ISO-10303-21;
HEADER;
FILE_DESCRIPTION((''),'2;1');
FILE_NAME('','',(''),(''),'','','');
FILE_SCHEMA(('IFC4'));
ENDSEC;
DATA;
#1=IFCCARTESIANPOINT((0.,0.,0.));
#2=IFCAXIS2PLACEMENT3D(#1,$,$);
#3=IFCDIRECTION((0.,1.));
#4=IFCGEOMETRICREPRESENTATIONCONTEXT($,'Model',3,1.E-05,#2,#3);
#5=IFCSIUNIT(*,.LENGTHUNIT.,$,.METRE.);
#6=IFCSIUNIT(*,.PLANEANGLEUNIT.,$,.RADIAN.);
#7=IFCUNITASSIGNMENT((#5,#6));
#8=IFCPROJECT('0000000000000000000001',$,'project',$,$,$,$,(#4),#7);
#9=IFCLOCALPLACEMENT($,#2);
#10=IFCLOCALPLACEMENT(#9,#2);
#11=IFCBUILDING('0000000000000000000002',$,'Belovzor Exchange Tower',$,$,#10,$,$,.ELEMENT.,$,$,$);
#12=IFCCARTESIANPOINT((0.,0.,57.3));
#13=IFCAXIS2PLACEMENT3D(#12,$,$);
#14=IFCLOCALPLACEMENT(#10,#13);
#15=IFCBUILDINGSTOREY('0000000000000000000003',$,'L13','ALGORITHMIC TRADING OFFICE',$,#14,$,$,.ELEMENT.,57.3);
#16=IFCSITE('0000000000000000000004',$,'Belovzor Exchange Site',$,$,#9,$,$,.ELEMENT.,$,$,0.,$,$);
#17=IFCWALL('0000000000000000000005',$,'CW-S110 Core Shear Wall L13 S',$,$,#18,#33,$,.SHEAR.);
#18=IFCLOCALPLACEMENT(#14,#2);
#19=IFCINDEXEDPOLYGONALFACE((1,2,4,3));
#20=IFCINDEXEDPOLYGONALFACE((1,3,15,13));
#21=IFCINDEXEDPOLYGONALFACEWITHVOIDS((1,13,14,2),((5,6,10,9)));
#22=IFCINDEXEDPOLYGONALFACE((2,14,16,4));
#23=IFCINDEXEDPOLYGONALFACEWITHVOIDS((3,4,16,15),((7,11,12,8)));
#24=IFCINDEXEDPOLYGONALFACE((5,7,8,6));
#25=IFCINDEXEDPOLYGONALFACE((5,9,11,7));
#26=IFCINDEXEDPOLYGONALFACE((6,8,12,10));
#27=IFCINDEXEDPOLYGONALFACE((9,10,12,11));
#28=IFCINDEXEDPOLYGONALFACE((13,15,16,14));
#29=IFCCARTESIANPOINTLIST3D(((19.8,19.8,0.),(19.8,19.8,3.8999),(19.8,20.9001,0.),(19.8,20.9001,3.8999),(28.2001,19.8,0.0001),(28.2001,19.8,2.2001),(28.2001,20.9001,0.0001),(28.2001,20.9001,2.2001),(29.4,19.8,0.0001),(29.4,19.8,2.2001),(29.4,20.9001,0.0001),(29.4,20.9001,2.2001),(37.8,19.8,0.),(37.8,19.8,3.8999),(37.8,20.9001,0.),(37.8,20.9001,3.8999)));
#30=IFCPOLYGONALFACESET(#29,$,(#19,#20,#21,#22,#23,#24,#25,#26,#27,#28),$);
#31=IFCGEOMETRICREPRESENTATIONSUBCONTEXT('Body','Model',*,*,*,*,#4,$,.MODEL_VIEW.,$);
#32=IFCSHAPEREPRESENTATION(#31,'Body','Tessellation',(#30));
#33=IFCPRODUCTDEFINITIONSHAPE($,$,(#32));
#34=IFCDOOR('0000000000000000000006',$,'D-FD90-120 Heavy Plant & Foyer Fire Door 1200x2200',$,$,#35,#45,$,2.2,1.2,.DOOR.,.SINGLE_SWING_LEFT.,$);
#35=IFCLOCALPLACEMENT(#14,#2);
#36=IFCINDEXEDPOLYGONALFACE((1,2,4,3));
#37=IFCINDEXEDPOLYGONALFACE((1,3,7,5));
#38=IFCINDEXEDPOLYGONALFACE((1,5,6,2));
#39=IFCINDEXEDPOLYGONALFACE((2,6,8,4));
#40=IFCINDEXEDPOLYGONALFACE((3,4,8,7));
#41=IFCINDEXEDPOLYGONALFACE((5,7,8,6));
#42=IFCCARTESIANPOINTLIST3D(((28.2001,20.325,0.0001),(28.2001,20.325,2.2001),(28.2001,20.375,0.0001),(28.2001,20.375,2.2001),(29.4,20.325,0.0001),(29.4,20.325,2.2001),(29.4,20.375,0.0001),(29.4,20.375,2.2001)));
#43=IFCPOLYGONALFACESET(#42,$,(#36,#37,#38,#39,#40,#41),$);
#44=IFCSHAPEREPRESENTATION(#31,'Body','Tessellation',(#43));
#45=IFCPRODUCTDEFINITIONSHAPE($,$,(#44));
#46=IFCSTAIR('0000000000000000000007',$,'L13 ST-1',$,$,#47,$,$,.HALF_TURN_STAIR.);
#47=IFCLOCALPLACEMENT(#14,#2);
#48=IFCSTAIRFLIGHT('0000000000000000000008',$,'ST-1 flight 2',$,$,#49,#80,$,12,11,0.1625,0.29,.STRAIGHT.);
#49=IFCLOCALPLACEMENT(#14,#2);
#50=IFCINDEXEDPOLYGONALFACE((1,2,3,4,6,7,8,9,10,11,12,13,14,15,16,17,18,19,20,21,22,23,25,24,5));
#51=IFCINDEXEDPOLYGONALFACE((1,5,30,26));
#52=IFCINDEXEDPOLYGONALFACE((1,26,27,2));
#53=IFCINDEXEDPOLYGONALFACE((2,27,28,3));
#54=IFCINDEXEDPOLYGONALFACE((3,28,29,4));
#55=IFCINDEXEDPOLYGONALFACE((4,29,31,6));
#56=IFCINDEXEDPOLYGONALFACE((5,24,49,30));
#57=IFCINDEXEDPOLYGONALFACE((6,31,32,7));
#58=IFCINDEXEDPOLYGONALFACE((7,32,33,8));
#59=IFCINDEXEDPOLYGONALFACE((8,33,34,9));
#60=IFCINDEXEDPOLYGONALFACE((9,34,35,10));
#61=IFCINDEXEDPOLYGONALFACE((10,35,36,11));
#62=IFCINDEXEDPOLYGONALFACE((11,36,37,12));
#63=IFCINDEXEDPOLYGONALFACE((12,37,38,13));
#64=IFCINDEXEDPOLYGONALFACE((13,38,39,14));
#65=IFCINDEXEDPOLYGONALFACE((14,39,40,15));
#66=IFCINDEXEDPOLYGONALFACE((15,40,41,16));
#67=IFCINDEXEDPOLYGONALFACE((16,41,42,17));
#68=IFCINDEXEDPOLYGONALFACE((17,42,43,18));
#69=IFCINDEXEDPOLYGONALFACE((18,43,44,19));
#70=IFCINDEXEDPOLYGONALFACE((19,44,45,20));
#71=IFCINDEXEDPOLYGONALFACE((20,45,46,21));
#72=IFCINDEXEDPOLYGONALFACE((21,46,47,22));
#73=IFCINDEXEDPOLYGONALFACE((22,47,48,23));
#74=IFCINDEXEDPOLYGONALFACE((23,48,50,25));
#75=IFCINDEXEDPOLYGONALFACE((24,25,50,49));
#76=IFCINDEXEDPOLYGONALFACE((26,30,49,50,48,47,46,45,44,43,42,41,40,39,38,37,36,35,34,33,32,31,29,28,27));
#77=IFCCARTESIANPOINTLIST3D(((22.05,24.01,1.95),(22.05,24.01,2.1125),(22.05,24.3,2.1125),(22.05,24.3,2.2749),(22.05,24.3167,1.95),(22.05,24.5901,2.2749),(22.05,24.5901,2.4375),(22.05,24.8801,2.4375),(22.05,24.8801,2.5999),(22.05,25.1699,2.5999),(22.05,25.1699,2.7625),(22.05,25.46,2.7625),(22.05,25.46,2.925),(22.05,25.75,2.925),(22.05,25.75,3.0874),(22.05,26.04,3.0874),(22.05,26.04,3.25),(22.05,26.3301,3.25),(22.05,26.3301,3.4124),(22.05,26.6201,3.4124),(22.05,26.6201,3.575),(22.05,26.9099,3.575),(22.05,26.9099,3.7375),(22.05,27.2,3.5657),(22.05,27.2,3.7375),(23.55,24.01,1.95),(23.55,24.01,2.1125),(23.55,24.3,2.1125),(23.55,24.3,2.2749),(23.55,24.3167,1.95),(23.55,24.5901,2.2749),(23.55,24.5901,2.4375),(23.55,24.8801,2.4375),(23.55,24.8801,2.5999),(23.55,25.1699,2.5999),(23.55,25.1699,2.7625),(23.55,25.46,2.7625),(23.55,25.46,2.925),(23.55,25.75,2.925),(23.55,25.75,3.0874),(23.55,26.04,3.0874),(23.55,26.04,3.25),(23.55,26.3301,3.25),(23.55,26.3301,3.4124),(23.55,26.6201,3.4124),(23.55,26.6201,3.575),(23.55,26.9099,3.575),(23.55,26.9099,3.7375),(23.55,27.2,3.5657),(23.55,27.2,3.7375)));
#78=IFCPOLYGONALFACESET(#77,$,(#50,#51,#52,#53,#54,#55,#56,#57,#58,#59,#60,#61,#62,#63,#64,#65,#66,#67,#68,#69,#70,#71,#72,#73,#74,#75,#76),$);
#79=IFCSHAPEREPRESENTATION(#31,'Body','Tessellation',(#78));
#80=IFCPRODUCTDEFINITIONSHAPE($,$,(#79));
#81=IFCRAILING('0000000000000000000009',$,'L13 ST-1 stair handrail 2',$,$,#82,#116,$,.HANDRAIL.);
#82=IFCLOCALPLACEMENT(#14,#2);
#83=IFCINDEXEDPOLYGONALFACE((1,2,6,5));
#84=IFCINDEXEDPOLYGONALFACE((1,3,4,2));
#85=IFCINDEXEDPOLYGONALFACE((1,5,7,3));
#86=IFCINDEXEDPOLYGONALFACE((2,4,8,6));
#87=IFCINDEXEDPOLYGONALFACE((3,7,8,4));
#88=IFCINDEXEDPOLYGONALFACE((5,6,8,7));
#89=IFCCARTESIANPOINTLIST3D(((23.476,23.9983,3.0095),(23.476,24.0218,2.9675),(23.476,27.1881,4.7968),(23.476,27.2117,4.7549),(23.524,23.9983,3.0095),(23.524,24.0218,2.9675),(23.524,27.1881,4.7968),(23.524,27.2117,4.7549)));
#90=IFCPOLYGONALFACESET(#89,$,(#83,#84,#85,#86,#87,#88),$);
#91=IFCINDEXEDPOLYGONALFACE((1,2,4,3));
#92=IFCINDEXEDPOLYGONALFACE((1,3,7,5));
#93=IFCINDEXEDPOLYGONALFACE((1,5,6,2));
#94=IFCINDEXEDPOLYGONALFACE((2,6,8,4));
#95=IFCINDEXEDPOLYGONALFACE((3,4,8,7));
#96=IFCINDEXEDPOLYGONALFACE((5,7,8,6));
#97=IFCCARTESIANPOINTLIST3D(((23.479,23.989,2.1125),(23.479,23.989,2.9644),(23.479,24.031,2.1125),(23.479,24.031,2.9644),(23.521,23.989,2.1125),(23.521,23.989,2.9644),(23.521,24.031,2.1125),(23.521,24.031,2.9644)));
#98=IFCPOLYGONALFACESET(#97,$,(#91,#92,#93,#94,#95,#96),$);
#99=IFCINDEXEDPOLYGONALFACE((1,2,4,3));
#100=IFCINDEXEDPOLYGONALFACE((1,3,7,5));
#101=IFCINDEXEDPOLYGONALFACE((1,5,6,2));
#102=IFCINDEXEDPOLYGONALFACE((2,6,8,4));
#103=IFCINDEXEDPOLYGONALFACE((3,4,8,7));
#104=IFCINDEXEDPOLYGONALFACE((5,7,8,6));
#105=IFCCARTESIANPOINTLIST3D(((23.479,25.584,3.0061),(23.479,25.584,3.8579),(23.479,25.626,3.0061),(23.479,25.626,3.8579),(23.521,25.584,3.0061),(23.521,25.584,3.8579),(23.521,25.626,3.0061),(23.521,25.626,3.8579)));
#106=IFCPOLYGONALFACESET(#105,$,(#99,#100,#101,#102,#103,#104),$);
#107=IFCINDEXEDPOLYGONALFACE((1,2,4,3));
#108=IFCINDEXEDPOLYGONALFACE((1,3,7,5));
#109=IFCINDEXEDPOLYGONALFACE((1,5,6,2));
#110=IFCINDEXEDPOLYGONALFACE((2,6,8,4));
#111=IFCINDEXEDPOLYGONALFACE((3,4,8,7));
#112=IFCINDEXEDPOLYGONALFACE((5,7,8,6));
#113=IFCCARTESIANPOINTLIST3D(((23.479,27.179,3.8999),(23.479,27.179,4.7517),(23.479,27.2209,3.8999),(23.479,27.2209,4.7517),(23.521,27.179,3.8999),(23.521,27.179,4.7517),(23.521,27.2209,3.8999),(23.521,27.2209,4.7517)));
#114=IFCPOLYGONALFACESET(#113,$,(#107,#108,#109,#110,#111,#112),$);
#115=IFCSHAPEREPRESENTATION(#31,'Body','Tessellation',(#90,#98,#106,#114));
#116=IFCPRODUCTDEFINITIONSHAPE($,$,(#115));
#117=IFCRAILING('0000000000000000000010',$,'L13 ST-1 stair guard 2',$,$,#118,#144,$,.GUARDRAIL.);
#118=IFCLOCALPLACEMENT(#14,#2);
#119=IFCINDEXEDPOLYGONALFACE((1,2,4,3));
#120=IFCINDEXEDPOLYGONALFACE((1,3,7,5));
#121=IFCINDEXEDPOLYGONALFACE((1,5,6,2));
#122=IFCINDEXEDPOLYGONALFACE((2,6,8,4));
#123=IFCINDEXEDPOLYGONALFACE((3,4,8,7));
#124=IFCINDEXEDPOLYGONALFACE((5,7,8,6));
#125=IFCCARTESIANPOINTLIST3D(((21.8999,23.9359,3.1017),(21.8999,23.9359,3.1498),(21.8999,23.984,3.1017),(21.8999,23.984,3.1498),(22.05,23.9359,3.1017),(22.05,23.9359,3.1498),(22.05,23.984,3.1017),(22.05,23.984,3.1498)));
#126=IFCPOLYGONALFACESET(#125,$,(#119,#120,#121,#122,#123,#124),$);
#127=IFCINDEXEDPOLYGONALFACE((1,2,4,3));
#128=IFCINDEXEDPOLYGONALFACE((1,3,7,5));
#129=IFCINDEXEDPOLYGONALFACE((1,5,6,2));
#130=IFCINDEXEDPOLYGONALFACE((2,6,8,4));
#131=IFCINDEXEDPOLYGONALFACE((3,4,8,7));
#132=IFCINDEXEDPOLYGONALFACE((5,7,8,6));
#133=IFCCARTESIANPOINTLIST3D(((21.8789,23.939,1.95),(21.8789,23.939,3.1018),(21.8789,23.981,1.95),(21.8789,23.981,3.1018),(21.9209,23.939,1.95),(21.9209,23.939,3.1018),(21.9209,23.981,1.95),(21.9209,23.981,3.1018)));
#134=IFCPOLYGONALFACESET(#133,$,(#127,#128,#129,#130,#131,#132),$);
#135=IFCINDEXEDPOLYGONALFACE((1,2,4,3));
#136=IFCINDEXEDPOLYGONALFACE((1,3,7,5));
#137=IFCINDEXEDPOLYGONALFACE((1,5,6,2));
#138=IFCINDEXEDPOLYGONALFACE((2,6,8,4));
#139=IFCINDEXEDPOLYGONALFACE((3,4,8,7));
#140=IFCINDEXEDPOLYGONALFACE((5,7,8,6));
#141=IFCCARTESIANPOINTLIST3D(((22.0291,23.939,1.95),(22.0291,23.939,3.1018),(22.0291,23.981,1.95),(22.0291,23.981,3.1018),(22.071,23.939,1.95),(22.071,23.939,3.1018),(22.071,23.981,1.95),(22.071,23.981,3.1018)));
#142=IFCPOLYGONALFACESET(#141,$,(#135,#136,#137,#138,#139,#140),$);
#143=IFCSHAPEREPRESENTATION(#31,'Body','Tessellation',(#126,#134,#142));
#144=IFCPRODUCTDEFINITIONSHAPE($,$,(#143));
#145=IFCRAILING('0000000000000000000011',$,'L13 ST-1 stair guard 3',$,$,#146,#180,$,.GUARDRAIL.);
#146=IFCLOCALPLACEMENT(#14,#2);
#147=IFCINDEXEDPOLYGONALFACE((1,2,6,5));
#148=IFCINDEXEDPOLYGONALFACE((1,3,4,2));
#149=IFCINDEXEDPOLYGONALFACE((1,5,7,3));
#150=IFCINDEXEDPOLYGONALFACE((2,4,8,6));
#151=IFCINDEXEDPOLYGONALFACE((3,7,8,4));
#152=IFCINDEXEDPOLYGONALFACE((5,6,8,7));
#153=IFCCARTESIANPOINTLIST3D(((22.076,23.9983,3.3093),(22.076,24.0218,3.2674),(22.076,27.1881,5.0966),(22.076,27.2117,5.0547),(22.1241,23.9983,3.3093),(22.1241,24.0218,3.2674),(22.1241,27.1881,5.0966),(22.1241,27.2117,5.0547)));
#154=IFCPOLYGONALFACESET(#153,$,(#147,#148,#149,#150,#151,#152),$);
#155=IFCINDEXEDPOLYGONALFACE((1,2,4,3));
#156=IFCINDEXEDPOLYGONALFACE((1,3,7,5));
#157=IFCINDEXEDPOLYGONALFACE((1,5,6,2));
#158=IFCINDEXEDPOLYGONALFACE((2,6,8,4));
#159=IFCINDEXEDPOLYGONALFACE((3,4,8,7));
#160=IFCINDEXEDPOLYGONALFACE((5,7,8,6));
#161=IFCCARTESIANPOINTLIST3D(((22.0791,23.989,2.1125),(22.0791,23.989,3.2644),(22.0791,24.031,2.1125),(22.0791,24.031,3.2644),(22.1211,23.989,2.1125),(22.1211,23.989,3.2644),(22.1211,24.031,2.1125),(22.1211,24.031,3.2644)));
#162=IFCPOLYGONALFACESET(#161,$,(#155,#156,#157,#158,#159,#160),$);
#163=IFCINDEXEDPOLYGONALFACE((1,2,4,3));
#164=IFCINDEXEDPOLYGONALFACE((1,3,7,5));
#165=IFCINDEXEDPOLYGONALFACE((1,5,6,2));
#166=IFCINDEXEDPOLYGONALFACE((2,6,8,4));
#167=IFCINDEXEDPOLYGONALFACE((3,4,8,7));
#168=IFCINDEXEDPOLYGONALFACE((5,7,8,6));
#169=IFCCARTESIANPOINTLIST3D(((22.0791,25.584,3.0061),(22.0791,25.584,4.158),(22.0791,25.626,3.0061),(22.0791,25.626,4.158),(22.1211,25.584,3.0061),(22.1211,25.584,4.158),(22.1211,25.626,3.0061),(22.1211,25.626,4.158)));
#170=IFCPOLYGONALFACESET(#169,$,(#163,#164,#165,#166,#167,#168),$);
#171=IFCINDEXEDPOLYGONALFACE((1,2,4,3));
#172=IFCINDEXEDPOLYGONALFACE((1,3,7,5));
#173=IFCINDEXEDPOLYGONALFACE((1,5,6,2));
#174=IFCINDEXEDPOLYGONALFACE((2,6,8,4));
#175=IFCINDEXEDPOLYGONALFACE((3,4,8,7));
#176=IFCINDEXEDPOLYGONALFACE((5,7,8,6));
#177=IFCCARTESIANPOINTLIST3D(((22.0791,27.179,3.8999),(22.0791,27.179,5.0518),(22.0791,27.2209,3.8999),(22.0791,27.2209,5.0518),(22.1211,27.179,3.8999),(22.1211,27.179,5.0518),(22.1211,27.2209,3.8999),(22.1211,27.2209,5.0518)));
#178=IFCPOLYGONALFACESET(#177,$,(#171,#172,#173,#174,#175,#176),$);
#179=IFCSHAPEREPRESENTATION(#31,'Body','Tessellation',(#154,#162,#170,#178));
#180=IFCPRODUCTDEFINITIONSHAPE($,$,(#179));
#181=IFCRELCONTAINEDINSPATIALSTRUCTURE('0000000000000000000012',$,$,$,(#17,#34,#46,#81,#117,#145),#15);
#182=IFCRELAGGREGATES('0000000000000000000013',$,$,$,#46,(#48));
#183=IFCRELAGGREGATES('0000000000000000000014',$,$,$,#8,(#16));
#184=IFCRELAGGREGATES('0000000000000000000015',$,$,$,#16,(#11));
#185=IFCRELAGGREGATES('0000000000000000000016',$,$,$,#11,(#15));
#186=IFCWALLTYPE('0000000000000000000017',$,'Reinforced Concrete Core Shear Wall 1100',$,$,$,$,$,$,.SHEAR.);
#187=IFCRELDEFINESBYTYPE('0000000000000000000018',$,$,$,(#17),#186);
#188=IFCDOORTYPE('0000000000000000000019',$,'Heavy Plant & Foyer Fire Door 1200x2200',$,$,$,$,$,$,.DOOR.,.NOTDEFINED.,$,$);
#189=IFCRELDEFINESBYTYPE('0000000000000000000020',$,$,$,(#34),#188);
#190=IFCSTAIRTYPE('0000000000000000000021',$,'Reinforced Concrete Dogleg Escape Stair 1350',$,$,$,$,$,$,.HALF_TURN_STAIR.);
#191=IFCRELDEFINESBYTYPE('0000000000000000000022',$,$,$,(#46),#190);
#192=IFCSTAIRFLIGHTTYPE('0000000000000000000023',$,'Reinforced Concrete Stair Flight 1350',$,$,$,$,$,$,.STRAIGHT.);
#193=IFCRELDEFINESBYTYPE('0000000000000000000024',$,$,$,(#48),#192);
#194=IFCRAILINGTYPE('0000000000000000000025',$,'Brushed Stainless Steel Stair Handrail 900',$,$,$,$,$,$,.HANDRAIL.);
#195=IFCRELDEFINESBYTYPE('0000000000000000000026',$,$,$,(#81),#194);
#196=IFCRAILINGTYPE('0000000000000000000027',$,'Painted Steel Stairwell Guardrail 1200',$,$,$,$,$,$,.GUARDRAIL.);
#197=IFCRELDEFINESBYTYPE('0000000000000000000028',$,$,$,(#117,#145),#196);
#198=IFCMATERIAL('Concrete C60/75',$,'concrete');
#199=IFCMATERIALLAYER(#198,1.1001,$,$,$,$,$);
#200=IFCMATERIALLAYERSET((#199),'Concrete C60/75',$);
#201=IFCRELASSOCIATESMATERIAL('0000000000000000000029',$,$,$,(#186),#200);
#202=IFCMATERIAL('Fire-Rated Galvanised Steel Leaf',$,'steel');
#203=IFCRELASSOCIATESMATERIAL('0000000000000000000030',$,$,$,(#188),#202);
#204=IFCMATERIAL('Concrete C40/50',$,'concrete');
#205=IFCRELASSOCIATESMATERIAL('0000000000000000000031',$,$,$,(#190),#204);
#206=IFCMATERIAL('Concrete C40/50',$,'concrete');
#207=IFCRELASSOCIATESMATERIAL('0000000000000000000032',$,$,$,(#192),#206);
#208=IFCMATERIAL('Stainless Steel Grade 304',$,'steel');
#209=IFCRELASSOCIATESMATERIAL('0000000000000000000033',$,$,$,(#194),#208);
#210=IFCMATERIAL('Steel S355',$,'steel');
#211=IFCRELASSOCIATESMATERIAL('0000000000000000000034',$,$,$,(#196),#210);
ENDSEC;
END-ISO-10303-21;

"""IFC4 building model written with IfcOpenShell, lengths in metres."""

from ifc_helpers import new_model, si_unit, direction, frame, frame_2d, origin, origin_2d, place, context, subcontext, project, spatial, polyline, rectangle, outline, extrude, material, layer, layer_set, type_object, element, fill, aggregate, save


model = new_model("IFC4")

# Units and contexts
model_context = context("Model", 3, precision=1e-05, world=origin(), true_north=direction((0.0, 1.0)))
body_context = subcontext(model_context, "Body", "Model", "MODEL_VIEW")
ifc_project = project(units=[si_unit("LENGTHUNIT", "METRE"), si_unit("PLANEANGLEUNIT", "RADIAN")], contexts=[model_context])

# Site, building, storey
site_placement = place(None, origin())
site = spatial("IfcSite", under=ifc_project, at=site_placement, Name="Belovzor Exchange Site", CompositionType="ELEMENT", RefElevation=0.0)
building_placement = place(site_placement, origin())
building = spatial("IfcBuilding", under=site, at=building_placement, Name="Belovzor Exchange Tower", CompositionType="ELEMENT")
storey_placement = place(building_placement, frame((0.0, 0.0, 57.3)))
storey = spatial("IfcBuildingStorey", under=building, at=storey_placement, Name="L13", Description="ALGORITHMIC TRADING OFFICE", CompositionType="ELEMENT", Elevation=57.3)

# Wall, opening, door
ifc_material_1 = material(Name="Concrete C60/75", Category="concrete")
ifc_layer_1 = layer(ifc_material_1, 1.1001)
ifc_layer_set_1 = layer_set([ifc_layer_1], Name="Concrete C60/75")
wall_type_1 = type_object("IfcWallType", Name="Reinforced Concrete Core Shear Wall 1100", PredefinedType="SHEAR", material=ifc_layer_set_1)
wall_1_placement = place(storey_placement, frame((19.8, 20.3501, 0.0), z_axis=(0.0, 0.0, 1.0), x_axis=(1.0, 0.0, 0.0)))
wall_1 = element("IfcWall", 1, at=wall_1_placement, inside=storey, type_object=wall_type_1, Name="CW-S110 Core Shear Wall L13 S", PredefinedType="SHEAR", context=body_context, shape_type="SweptSolid", body=[
    extrude(rectangle(XDim=18.0, YDim=1.1001, at=frame_2d((9.0, 0.0))), origin(), (0.0, 0.0, 1.0), 3.8999),
])
opening_1_placement = place(wall_1_placement, frame((8.3999, 0.0, 0.0)))
opening_1 = element("IfcOpeningElement", 2, at=opening_1_placement, cuts=wall_1, PredefinedType="OPENING", context=body_context, shape_type="SweptSolid", body=[
    extrude(rectangle(XDim=1.2, YDim=2.2, at=frame_2d((0.6001, 1.1001))), frame((0.0, 0.5601, 0.0), z_axis=(0.0, -1.0, 0.0), x_axis=(1.0, 0.0, 0.0)), (0.0, 0.0, 1.0), 1.1201),
])
ifc_material_2 = material(Name="Fire-Rated Galvanised Steel Leaf", Category="steel")
door_type_1 = type_object("IfcDoorType", Name="Heavy Plant & Foyer Fire Door 1200x2200", OperationType="NOTDEFINED", PredefinedType="DOOR", material=ifc_material_2)
door_1_placement = place(opening_1_placement, origin())
door_1 = element("IfcDoor", 3, at=door_1_placement, inside=storey, type_object=door_type_1, Name="D-FD90-120 Heavy Plant & Foyer Fire Door 1200x2200", OperationType="SINGLE_SWING_LEFT", OverallHeight=2.2, OverallWidth=1.2, PredefinedType="DOOR", context=body_context, shape_type="SweptSolid", body=[
    extrude(rectangle(XDim=1.2, YDim=2.2, at=frame_2d((0.6001, 1.1001))), frame((0.0, 0.0249, 0.0), z_axis=(0.0, -1.0, 0.0), x_axis=(1.0, 0.0, 0.0)), (0.0, 0.0, 1.0), 0.05),
])
fill(opening_1, door_1)

# Stair, stair flight
ifc_material_3 = material(Name="Concrete C40/50", Category="concrete")
stair_type = type_object("IfcStairType", Name="Reinforced Concrete Dogleg Escape Stair 1350", PredefinedType="HALF_TURN_STAIR", material=ifc_material_3)
stair_placement = place(storey_placement, origin())
stair = element("IfcStair", 4, at=stair_placement, inside=storey, type_object=stair_type, Name="L13 ST-1", PredefinedType="HALF_TURN_STAIR")
ifc_material_4 = material(Name="Concrete C40/50", Category="concrete")
stair_flight_type = type_object("IfcStairFlightType", Name="Reinforced Concrete Stair Flight 1350", PredefinedType="STRAIGHT", material=ifc_material_4)
stair_flight_placement = place(storey_placement, frame((22.8, 24.01, 1.95), z_axis=(0.0, 0.0, 1.0), x_axis=(0.0, 1.0, 0.0)))
stair_flight = element("IfcStairFlight", 5, at=stair_flight_placement, type_object=stair_flight_type, Name="ST-1 flight 2", NumberOfRisers=12, NumberOfTreads=11, PredefinedType="STRAIGHT", RiserHeight=0.1625, TreadLength=0.29, context=body_context, shape_type="SweptSolid", body=[
    extrude(outline(polyline([(0.0, 0.0), (0.0, 0.1626), (0.29, 0.1626), (0.29, 0.325), (0.5801, 0.325), (0.5801, 0.4875), (0.8701, 0.4875), (0.8701, 0.6499), (1.1599, 0.6499), (1.1599, 0.8125), (1.45, 0.8125), (1.45, 0.9751), (1.74, 0.9751), (1.74, 1.1375), (2.03, 1.1375), (2.03, 1.3), (2.3201, 1.3), (2.3201, 1.4624), (2.6101, 1.4624), (2.6101, 1.625), (2.8999, 1.625), (2.8999, 1.7876), (3.1899, 1.7876), (3.1899, 1.95), (3.1899, 1.6157), (0.3066, 0.0), (0.0, 0.0)])), frame((0.0, 0.75, 0.0), z_axis=(0.0, -1.0, 0.0), x_axis=(1.0, 0.0, 0.0)), (0.0, 0.0, 1.0), 1.5),
])
aggregate(stair, [stair_flight])

# Railings
ifc_material_5 = material(Name="Stainless Steel Grade 304", Category="steel")
railing_type_1 = type_object("IfcRailingType", Name="Brushed Stainless Steel Stair Handrail 900", PredefinedType="HANDRAIL", material=ifc_material_5)
railing_1_placement = place(storey_placement, frame((23.5, 24.01, 2.1125)))
element("IfcRailing", 6, at=railing_1_placement, inside=storey, type_object=railing_type_1, Name="L13 ST-1 stair handrail 2", PredefinedType="HANDRAIL", context=body_context, shape_type="SweptSolid", body=[
    extrude(rectangle(XDim=0.0481, YDim=0.0481, at=origin_2d()), frame((0.0, 0.0, 0.876), z_axis=(0.0, 0.872391, 0.488809), x_axis=(-1.0, 0.0, 0.0)), (0.0, 0.0, 1.0), 3.6565),
    extrude(rectangle(XDim=0.042, YDim=0.042, at=origin_2d()), origin(), (0.0, 0.0, 1.0), 0.8518),
    extrude(rectangle(XDim=0.042, YDim=0.042, at=origin_2d()), frame((0.0, 1.595, 0.8936)), (0.0, 0.0, 1.0), 0.8518),
    extrude(rectangle(XDim=0.042, YDim=0.042, at=origin_2d()), frame((0.0, 3.1899, 1.7874)), (0.0, 0.0, 1.0), 0.8518),
])
ifc_material_6 = material(Name="Steel S355", Category="steel")
railing_type_2 = type_object("IfcRailingType", Name="Painted Steel Stairwell Guardrail 1200", PredefinedType="GUARDRAIL", material=ifc_material_6)
railing_2_placement = place(storey_placement, frame((21.8999, 23.96, 1.95)))
element("IfcRailing", 7, at=railing_2_placement, inside=storey, type_object=railing_type_2, Name="L13 ST-1 stair guard 2", PredefinedType="GUARDRAIL", context=body_context, shape_type="SweptSolid", body=[
    extrude(rectangle(XDim=0.0481, YDim=0.0481, at=origin_2d()), frame((0.0, 0.0, 1.1758), z_axis=(1.0, 0.0, 0.0), x_axis=(0.0, 1.0, 0.0)), (0.0, 0.0, 1.0), 0.1501),
    extrude(rectangle(XDim=0.042, YDim=0.042, at=origin_2d()), origin(), (0.0, 0.0, 1.0), 1.1519),
    extrude(rectangle(XDim=0.042, YDim=0.042, at=origin_2d()), frame((0.1501, 0.0, 0.0)), (0.0, 0.0, 1.0), 1.1519),
])
railing_3_placement = place(storey_placement, frame((22.1001, 24.01, 2.1125)))
element("IfcRailing", 8, at=railing_3_placement, inside=storey, type_object=railing_type_2, Name="L13 ST-1 stair guard 3", PredefinedType="GUARDRAIL", context=body_context, shape_type="SweptSolid", body=[
    extrude(rectangle(XDim=0.0481, YDim=0.0481, at=origin_2d()), frame((0.0, 0.0, 1.1758), z_axis=(0.0, 0.872391, 0.488809), x_axis=(-1.0, 0.0, 0.0)), (0.0, 0.0, 1.0), 3.6565),
    extrude(rectangle(XDim=0.042, YDim=0.042, at=origin_2d()), origin(), (0.0, 0.0, 1.0), 1.1519),
    extrude(rectangle(XDim=0.042, YDim=0.042, at=origin_2d()), frame((0.0, 1.595, 0.8936)), (0.0, 0.0, 1.0), 1.1519),
    extrude(rectangle(XDim=0.042, YDim=0.042, at=origin_2d()), frame((0.0, 3.1899, 1.7874)), (0.0, 0.0, 1.0), 1.1519),
])

save(model, "model.ifc")
